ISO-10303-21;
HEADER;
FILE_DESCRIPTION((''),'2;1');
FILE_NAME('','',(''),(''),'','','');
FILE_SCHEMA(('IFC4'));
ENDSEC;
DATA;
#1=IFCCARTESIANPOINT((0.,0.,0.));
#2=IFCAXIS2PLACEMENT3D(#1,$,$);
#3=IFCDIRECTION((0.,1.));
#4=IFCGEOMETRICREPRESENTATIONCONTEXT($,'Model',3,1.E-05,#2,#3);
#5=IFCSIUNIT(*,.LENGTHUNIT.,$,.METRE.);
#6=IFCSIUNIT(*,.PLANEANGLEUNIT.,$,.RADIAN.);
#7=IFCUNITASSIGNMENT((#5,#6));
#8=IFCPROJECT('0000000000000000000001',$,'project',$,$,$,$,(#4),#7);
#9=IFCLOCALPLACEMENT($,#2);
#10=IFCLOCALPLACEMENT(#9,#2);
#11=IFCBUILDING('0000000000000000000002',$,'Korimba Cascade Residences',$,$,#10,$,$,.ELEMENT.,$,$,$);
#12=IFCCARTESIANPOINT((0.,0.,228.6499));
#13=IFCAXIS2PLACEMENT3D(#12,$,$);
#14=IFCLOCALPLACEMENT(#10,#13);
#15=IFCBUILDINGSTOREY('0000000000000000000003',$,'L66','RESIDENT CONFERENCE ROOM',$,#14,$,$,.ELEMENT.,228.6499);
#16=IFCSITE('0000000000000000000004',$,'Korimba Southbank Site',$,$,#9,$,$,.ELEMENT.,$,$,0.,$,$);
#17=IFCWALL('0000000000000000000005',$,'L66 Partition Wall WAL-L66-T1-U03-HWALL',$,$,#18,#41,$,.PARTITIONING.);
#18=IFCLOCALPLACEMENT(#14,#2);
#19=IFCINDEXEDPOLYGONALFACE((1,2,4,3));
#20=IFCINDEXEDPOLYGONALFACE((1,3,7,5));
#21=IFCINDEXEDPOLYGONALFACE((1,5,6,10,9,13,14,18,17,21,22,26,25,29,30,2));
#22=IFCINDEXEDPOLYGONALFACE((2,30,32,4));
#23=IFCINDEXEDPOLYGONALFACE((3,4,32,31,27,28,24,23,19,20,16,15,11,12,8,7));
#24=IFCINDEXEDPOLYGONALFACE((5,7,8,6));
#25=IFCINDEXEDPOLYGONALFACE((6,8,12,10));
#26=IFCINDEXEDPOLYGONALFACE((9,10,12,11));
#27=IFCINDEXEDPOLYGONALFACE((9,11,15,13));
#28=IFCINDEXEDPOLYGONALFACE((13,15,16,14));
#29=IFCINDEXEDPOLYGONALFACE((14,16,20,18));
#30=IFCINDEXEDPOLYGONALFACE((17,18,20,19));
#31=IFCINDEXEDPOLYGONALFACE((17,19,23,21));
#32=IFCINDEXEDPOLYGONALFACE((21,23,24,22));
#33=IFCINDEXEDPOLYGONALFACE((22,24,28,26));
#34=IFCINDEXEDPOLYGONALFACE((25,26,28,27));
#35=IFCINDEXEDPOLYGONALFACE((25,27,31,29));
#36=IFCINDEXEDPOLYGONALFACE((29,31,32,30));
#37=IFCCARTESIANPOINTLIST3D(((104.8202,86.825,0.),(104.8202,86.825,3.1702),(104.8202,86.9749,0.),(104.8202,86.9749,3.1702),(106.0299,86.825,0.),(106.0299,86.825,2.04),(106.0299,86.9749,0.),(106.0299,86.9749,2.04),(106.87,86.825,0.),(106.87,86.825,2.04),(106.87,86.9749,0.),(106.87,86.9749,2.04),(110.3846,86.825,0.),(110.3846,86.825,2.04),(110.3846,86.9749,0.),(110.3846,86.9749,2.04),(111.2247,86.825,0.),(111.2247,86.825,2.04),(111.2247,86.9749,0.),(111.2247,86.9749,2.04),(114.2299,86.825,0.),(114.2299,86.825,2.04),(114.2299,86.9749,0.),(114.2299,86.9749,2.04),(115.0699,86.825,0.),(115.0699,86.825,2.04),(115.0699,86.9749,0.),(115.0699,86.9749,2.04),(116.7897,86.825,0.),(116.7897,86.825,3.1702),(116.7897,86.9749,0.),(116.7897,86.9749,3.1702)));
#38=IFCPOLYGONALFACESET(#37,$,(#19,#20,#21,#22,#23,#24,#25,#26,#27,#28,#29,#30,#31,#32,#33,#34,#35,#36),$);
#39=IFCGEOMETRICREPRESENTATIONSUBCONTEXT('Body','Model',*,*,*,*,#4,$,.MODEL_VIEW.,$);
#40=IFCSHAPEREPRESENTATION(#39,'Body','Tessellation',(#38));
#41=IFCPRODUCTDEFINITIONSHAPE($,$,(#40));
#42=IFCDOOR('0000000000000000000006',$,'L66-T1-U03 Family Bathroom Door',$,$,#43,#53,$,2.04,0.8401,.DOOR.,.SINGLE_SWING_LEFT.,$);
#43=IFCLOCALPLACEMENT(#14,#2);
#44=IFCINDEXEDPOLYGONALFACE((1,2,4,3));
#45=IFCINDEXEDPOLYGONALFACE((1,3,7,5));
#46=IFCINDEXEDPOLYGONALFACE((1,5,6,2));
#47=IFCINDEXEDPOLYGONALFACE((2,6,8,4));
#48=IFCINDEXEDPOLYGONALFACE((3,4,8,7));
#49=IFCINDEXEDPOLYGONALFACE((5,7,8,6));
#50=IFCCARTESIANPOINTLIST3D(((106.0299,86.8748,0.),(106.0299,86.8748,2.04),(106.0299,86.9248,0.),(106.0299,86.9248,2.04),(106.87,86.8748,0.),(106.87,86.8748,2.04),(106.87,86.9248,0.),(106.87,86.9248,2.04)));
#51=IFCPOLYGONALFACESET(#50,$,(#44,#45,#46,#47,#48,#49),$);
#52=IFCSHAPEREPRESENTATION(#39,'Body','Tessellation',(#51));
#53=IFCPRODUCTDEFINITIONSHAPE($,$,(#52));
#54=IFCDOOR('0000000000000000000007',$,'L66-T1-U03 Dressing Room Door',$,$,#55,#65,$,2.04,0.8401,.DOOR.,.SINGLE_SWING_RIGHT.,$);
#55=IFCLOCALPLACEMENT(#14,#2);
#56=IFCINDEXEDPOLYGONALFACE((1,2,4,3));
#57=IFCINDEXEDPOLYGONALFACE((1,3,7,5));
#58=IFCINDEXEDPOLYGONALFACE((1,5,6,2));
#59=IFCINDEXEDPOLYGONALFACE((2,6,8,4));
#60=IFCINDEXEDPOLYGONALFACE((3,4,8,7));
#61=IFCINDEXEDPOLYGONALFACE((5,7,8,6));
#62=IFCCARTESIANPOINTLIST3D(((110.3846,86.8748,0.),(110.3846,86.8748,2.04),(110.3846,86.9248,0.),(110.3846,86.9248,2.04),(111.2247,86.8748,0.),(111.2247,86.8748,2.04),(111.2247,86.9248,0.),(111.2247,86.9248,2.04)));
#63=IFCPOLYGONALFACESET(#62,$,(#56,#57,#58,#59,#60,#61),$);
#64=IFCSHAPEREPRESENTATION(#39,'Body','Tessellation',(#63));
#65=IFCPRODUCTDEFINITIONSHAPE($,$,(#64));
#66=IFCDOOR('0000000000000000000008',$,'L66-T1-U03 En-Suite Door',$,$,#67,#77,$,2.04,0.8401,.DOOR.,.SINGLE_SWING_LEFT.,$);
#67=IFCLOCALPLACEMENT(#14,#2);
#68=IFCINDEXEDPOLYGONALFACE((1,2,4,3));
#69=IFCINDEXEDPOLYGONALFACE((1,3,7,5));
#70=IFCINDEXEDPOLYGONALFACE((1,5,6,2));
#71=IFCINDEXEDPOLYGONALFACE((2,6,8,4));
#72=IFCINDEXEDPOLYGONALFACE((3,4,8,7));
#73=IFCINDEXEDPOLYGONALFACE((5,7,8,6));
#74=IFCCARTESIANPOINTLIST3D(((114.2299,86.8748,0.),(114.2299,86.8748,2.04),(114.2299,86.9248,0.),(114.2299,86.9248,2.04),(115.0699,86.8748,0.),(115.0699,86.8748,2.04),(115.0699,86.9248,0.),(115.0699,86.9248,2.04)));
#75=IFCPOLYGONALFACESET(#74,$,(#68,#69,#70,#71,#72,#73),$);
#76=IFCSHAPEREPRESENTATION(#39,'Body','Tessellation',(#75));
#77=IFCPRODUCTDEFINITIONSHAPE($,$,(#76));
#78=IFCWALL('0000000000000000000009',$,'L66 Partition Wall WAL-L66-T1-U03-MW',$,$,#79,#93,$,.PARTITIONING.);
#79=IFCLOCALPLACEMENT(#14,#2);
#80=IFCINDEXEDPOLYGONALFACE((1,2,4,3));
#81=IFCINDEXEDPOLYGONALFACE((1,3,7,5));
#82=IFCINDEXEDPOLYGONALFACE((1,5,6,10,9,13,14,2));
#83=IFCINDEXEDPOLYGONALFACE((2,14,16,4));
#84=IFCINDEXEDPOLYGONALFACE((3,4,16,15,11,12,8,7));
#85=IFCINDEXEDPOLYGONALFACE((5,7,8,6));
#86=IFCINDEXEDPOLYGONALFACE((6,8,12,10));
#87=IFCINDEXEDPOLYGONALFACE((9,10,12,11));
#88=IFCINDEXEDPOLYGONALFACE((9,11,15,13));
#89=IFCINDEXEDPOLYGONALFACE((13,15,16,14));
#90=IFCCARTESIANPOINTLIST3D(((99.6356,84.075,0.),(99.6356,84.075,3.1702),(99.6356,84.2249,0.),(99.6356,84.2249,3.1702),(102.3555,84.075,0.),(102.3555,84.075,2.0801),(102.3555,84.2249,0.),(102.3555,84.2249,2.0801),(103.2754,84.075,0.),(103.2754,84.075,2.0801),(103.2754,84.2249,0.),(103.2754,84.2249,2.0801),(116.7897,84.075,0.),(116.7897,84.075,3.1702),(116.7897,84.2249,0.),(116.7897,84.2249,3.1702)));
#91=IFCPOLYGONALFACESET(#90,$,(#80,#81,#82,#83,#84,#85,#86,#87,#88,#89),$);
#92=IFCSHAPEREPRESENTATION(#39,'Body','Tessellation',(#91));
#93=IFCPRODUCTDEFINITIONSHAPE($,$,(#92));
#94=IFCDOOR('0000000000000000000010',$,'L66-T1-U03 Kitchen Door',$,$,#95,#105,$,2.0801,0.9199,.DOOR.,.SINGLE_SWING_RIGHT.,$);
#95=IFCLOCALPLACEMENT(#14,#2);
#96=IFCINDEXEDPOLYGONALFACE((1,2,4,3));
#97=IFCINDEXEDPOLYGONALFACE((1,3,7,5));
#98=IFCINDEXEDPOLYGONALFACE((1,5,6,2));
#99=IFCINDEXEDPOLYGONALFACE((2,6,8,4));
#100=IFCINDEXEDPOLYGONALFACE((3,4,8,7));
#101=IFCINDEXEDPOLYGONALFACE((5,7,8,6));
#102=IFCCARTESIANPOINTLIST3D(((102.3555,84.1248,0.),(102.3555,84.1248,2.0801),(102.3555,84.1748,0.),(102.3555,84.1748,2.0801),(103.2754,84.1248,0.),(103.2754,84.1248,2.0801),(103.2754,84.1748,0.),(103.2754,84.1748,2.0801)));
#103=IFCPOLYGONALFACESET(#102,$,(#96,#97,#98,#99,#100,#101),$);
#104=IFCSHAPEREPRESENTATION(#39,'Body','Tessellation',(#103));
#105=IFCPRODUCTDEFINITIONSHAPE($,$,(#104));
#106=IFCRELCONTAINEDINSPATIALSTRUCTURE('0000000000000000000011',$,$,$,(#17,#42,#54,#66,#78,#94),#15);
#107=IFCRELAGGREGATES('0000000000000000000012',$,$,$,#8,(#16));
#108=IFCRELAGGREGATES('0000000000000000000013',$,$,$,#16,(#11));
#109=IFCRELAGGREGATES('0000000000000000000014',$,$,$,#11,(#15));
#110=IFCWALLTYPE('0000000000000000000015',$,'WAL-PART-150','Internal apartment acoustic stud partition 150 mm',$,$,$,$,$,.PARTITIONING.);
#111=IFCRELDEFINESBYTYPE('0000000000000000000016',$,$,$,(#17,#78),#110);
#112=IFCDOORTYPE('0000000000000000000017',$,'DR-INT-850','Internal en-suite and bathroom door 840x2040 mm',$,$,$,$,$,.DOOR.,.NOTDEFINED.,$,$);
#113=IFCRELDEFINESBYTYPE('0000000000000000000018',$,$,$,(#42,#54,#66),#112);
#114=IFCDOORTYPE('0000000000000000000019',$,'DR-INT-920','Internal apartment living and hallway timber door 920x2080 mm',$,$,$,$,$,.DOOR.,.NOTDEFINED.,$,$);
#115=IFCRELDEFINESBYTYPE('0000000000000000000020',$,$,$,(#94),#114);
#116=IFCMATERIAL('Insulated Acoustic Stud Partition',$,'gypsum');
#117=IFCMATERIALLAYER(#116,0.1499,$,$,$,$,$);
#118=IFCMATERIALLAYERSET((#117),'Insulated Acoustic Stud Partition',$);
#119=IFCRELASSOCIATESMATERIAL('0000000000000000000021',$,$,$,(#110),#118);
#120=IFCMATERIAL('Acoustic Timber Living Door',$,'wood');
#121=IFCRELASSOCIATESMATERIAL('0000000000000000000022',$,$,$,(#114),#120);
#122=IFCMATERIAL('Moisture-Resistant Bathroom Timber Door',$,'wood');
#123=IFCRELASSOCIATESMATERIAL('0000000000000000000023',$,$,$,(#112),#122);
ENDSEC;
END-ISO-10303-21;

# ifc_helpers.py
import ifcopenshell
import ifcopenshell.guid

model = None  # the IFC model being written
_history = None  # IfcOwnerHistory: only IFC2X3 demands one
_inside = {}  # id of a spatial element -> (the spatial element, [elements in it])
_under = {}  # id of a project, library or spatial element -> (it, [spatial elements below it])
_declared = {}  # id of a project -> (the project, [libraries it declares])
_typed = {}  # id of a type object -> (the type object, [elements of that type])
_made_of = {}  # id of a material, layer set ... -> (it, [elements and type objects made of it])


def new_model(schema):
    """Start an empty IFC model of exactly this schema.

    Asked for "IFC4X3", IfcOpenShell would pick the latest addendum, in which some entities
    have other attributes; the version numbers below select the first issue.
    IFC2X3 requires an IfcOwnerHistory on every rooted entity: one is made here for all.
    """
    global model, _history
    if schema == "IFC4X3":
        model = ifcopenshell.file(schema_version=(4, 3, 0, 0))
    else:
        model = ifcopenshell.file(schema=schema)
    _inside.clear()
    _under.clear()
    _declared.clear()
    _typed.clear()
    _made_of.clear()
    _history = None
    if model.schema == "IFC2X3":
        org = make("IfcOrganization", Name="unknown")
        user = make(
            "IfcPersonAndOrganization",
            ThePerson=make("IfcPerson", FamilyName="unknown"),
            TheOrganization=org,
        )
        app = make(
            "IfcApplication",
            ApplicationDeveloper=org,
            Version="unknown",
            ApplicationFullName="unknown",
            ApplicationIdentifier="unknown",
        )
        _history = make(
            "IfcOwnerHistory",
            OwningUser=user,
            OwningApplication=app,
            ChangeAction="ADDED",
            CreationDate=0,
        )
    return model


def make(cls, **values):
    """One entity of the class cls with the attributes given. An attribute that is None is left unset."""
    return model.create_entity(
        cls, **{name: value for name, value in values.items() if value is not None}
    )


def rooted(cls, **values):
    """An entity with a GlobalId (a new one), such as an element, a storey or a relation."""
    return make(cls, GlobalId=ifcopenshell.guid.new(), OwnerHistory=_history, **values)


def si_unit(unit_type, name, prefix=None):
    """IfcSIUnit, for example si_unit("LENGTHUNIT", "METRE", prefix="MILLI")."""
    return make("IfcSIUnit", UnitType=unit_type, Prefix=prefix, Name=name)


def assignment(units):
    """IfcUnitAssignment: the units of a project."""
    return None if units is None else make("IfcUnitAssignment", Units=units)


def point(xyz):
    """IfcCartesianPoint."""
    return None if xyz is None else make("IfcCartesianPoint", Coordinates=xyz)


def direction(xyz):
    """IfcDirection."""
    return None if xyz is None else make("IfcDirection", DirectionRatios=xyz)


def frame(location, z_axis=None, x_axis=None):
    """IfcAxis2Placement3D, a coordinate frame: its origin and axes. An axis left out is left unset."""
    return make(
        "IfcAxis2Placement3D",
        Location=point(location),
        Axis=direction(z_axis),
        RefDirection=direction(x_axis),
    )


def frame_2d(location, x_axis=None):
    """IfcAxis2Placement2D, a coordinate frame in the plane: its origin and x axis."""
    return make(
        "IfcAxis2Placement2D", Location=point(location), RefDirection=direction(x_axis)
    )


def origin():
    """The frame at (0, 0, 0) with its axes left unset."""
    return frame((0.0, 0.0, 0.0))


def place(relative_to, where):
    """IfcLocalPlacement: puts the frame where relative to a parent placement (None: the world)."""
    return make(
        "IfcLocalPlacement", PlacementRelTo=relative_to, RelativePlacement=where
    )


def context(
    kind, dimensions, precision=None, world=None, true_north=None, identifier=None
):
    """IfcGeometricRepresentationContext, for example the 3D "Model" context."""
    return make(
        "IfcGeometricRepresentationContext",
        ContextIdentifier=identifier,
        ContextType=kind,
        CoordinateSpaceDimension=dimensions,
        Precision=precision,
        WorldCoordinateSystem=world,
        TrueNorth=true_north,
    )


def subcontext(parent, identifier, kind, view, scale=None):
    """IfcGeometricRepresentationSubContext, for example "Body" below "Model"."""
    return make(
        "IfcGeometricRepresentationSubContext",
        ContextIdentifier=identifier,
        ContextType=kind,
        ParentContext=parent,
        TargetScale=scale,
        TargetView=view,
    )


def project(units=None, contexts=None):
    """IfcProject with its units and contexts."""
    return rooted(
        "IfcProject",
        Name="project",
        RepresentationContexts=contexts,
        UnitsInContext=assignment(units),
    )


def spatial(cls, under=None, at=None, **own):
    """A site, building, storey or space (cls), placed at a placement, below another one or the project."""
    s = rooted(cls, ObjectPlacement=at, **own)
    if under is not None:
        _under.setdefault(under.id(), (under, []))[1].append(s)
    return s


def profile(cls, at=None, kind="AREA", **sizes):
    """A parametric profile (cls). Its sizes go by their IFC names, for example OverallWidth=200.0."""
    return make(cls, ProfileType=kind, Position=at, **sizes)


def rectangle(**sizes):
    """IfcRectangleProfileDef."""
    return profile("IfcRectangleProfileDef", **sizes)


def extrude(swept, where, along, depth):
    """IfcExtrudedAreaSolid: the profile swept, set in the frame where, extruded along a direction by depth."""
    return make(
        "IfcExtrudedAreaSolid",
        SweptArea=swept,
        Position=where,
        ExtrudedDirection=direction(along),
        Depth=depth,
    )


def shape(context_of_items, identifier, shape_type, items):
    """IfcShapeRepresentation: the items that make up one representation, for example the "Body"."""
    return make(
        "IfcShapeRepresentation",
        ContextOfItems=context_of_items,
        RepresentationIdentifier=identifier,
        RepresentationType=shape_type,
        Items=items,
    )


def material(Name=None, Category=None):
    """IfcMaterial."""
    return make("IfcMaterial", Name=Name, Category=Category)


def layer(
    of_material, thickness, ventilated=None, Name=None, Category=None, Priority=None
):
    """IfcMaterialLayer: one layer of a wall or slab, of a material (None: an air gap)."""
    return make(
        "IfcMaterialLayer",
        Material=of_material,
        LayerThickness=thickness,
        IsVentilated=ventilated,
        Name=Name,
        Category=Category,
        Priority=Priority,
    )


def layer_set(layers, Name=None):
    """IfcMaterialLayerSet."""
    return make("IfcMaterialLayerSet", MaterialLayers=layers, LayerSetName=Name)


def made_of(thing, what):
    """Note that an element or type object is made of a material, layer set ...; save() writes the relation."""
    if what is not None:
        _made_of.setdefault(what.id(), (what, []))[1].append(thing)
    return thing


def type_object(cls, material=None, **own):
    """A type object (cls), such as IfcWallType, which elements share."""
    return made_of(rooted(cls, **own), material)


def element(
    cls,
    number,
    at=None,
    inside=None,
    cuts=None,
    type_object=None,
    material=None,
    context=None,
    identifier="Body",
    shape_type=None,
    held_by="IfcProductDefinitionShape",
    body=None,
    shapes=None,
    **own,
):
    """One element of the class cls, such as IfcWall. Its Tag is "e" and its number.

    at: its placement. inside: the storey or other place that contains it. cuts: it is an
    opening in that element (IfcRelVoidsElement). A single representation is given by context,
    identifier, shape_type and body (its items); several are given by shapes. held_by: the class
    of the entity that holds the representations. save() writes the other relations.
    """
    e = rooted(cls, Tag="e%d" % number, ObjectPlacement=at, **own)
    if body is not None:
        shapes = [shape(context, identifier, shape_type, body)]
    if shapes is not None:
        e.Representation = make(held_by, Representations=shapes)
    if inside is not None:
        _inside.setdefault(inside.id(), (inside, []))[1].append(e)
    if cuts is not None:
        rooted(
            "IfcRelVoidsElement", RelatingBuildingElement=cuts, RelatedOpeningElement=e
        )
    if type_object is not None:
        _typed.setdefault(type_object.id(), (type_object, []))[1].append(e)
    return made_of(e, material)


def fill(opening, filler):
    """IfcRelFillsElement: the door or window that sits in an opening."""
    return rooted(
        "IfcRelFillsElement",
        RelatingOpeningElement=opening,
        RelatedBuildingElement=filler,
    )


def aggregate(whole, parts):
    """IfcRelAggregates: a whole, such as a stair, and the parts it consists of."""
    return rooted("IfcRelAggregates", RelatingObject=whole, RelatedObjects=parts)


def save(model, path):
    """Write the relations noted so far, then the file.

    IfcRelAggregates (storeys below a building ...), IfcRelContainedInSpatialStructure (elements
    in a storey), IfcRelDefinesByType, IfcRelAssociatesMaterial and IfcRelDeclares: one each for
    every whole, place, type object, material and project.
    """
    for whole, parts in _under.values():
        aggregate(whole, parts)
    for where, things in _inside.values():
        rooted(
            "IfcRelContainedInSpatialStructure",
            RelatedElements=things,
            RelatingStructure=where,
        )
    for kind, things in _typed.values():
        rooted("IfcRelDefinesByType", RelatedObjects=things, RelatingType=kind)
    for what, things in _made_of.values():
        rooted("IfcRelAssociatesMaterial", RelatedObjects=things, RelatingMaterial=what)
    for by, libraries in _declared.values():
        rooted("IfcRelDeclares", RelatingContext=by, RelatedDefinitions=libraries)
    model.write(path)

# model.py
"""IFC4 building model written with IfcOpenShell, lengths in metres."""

from ifc_helpers import new_model, si_unit, direction, frame, frame_2d, origin, place, context, subcontext, project, spatial, rectangle, extrude, material, layer, layer_set, type_object, element, fill, save


model = new_model("IFC4")

# Units and contexts
model_context = context("Model", 3, precision=1e-05, world=origin(), true_north=direction((0.0, 1.0)))
body_context = subcontext(model_context, "Body", "Model", "MODEL_VIEW")
ifc_project = project(units=[si_unit("LENGTHUNIT", "METRE"), si_unit("PLANEANGLEUNIT", "RADIAN")], contexts=[model_context])

# Site, building, storey
site_placement = place(None, origin())
site = spatial("IfcSite", under=ifc_project, at=site_placement, Name="Korimba Southbank Site", CompositionType="ELEMENT", RefElevation=0.0)
building_placement = place(site_placement, origin())
building = spatial("IfcBuilding", under=site, at=building_placement, Name="Korimba Cascade Residences", CompositionType="ELEMENT")
storey_placement = place(building_placement, frame((0.0, 0.0, 228.6499)))
storey = spatial("IfcBuildingStorey", under=building, at=storey_placement, Name="L66", Description="RESIDENT CONFERENCE ROOM", CompositionType="ELEMENT", Elevation=228.6499)

# Shared definitions
ifc_material_1 = material(Name="Insulated Acoustic Stud Partition", Category="gypsum")
ifc_layer = layer(ifc_material_1, 0.1499)
ifc_layer_set = layer_set([ifc_layer], Name="Insulated Acoustic Stud Partition")
wall_type = type_object("IfcWallType", Name="WAL-PART-150", Description="Internal apartment acoustic stud partition 150 mm", PredefinedType="PARTITIONING", material=ifc_layer_set)

# Shared definitions
ifc_material_2 = material(Name="Acoustic Timber Living Door", Category="wood")
door_type_1 = type_object("IfcDoorType", Name="DR-INT-920", Description="Internal apartment living and hallway timber door 920x2080 mm", OperationType="NOTDEFINED", PredefinedType="DOOR", material=ifc_material_2)

# Wall, openings, doors
wall_1_placement = place(storey_placement, frame((104.8201, 86.8999, 0.0), z_axis=(0.0, 0.0, 1.0), x_axis=(1.0, 0.0, 0.0)))
wall_1 = element("IfcWall", 1, at=wall_1_placement, inside=storey, type_object=wall_type, Name="L66 Partition Wall WAL-L66-T1-U03-HWALL", PredefinedType="PARTITIONING", context=body_context, shape_type="SweptSolid", body=[
    extrude(rectangle(XDim=11.9695, YDim=0.1499, at=frame_2d((5.9849, 0.0))), origin(), (0.0, 0.0, 1.0), 3.1702),
])
opening_1_placement = place(wall_1_placement, frame((1.21, 0.0, 0.0)))
opening_1 = element("IfcOpeningElement", 2, at=opening_1_placement, cuts=wall_1, PredefinedType="OPENING", context=body_context, shape_type="SweptSolid", body=[
    extrude(rectangle(XDim=0.8401, YDim=2.04, at=frame_2d((0.4199, 1.02))), frame((0.0, 0.085, 0.0), z_axis=(0.0, -1.0, 0.0), x_axis=(1.0, 0.0, 0.0)), (0.0, 0.0, 1.0), 0.1699),
])
opening_2_placement = place(wall_1_placement, frame((5.5647, 0.0, 0.0)))
opening_2 = element("IfcOpeningElement", 3, at=opening_2_placement, cuts=wall_1, PredefinedType="OPENING", context=body_context, shape_type="SweptSolid", body=[
    extrude(rectangle(XDim=0.8401, YDim=2.04, at=frame_2d((0.4199, 1.02))), frame((0.0, 0.085, 0.0), z_axis=(0.0, -1.0, 0.0), x_axis=(1.0, 0.0, 0.0)), (0.0, 0.0, 1.0), 0.1699),
])
opening_3_placement = place(wall_1_placement, frame((9.4099, 0.0, 0.0)))
opening_3 = element("IfcOpeningElement", 4, at=opening_3_placement, cuts=wall_1, PredefinedType="OPENING", context=body_context, shape_type="SweptSolid", body=[
    extrude(rectangle(XDim=0.8401, YDim=2.04, at=frame_2d((0.4199, 1.02))), frame((0.0, 0.085, 0.0), z_axis=(0.0, -1.0, 0.0), x_axis=(1.0, 0.0, 0.0)), (0.0, 0.0, 1.0), 0.1699),
])
ifc_material_3 = material(Name="Moisture-Resistant Bathroom Timber Door", Category="wood")
door_type_2 = type_object("IfcDoorType", Name="DR-INT-850", Description="Internal en-suite and bathroom door 840x2040 mm", OperationType="NOTDEFINED", PredefinedType="DOOR", material=ifc_material_3)
door_1_placement = place(opening_1_placement, origin())
door_1 = element("IfcDoor", 5, at=door_1_placement, inside=storey, type_object=door_type_2, Name="L66-T1-U03 Family Bathroom Door", OperationType="SINGLE_SWING_LEFT", OverallHeight=2.04, OverallWidth=0.8401, PredefinedType="DOOR", context=body_context, shape_type="SweptSolid", body=[
    extrude(rectangle(XDim=0.8401, YDim=2.04, at=frame_2d((0.4199, 1.02))), frame((0.0, 0.0249, 0.0), z_axis=(0.0, -1.0, 0.0), x_axis=(1.0, 0.0, 0.0)), (0.0, 0.0, 1.0), 0.05),
])
fill(opening_1, door_1)
door_2_placement = place(opening_2_placement, origin())
door_2 = element("IfcDoor", 6, at=door_2_placement, inside=storey, type_object=door_type_2, Name="L66-T1-U03 Dressing Room Door", OperationType="SINGLE_SWING_RIGHT", OverallHeight=2.04, OverallWidth=0.8401, PredefinedType="DOOR", context=body_context, shape_type="SweptSolid", body=[
    extrude(rectangle(XDim=0.8401, YDim=2.04, at=frame_2d((0.4199, 1.02))), frame((0.0, 0.0249, 0.0), z_axis=(0.0, -1.0, 0.0), x_axis=(1.0, 0.0, 0.0)), (0.0, 0.0, 1.0), 0.05),
])
fill(opening_2, door_2)
door_3_placement = place(opening_3_placement, origin())
door_3 = element("IfcDoor", 7, at=door_3_placement, inside=storey, type_object=door_type_2, Name="L66-T1-U03 En-Suite Door", OperationType="SINGLE_SWING_LEFT", OverallHeight=2.04, OverallWidth=0.8401, PredefinedType="DOOR", context=body_context, shape_type="SweptSolid", body=[
    extrude(rectangle(XDim=0.8401, YDim=2.04, at=frame_2d((0.4199, 1.02))), frame((0.0, 0.0249, 0.0), z_axis=(0.0, -1.0, 0.0), x_axis=(1.0, 0.0, 0.0)), (0.0, 0.0, 1.0), 0.05),
])
fill(opening_3, door_3)

# Wall, opening, door
wall_2_placement = place(storey_placement, frame((99.6355, 84.1499, 0.0), z_axis=(0.0, 0.0, 1.0), x_axis=(1.0, 0.0, 0.0)))
wall_2 = element("IfcWall", 8, at=wall_2_placement, inside=storey, type_object=wall_type, Name="L66 Partition Wall WAL-L66-T1-U03-MW", PredefinedType="PARTITIONING", context=body_context, shape_type="SweptSolid", body=[
    extrude(rectangle(XDim=17.1541, YDim=0.1499, at=frame_2d((8.5771, 0.0))), origin(), (0.0, 0.0, 1.0), 3.1702),
])
opening_4_placement = place(wall_2_placement, frame((2.72, 0.0, 0.0)))
opening_4 = element("IfcOpeningElement", 9, at=opening_4_placement, cuts=wall_2, PredefinedType="OPENING", context=body_context, shape_type="SweptSolid", body=[
    extrude(rectangle(XDim=0.9199, YDim=2.0801, at=frame_2d((0.46, 1.04))), frame((0.0, 0.085, 0.0), z_axis=(0.0, -1.0, 0.0), x_axis=(1.0, 0.0, 0.0)), (0.0, 0.0, 1.0), 0.1699),
])
door_4_placement = place(opening_4_placement, origin())
door_4 = element("IfcDoor", 10, at=door_4_placement, inside=storey, type_object=door_type_1, Name="L66-T1-U03 Kitchen Door", OperationType="SINGLE_SWING_RIGHT", OverallHeight=2.0801, OverallWidth=0.9199, PredefinedType="DOOR", context=body_context, shape_type="SweptSolid", body=[
    extrude(rectangle(XDim=0.9199, YDim=2.0801, at=frame_2d((0.46, 1.04))), frame((0.0, 0.0249, 0.0), z_axis=(0.0, -1.0, 0.0), x_axis=(1.0, 0.0, 0.0)), (0.0, 0.0, 1.0), 0.05),
])
fill(opening_4, door_4)

save(model, "model.ifc")
